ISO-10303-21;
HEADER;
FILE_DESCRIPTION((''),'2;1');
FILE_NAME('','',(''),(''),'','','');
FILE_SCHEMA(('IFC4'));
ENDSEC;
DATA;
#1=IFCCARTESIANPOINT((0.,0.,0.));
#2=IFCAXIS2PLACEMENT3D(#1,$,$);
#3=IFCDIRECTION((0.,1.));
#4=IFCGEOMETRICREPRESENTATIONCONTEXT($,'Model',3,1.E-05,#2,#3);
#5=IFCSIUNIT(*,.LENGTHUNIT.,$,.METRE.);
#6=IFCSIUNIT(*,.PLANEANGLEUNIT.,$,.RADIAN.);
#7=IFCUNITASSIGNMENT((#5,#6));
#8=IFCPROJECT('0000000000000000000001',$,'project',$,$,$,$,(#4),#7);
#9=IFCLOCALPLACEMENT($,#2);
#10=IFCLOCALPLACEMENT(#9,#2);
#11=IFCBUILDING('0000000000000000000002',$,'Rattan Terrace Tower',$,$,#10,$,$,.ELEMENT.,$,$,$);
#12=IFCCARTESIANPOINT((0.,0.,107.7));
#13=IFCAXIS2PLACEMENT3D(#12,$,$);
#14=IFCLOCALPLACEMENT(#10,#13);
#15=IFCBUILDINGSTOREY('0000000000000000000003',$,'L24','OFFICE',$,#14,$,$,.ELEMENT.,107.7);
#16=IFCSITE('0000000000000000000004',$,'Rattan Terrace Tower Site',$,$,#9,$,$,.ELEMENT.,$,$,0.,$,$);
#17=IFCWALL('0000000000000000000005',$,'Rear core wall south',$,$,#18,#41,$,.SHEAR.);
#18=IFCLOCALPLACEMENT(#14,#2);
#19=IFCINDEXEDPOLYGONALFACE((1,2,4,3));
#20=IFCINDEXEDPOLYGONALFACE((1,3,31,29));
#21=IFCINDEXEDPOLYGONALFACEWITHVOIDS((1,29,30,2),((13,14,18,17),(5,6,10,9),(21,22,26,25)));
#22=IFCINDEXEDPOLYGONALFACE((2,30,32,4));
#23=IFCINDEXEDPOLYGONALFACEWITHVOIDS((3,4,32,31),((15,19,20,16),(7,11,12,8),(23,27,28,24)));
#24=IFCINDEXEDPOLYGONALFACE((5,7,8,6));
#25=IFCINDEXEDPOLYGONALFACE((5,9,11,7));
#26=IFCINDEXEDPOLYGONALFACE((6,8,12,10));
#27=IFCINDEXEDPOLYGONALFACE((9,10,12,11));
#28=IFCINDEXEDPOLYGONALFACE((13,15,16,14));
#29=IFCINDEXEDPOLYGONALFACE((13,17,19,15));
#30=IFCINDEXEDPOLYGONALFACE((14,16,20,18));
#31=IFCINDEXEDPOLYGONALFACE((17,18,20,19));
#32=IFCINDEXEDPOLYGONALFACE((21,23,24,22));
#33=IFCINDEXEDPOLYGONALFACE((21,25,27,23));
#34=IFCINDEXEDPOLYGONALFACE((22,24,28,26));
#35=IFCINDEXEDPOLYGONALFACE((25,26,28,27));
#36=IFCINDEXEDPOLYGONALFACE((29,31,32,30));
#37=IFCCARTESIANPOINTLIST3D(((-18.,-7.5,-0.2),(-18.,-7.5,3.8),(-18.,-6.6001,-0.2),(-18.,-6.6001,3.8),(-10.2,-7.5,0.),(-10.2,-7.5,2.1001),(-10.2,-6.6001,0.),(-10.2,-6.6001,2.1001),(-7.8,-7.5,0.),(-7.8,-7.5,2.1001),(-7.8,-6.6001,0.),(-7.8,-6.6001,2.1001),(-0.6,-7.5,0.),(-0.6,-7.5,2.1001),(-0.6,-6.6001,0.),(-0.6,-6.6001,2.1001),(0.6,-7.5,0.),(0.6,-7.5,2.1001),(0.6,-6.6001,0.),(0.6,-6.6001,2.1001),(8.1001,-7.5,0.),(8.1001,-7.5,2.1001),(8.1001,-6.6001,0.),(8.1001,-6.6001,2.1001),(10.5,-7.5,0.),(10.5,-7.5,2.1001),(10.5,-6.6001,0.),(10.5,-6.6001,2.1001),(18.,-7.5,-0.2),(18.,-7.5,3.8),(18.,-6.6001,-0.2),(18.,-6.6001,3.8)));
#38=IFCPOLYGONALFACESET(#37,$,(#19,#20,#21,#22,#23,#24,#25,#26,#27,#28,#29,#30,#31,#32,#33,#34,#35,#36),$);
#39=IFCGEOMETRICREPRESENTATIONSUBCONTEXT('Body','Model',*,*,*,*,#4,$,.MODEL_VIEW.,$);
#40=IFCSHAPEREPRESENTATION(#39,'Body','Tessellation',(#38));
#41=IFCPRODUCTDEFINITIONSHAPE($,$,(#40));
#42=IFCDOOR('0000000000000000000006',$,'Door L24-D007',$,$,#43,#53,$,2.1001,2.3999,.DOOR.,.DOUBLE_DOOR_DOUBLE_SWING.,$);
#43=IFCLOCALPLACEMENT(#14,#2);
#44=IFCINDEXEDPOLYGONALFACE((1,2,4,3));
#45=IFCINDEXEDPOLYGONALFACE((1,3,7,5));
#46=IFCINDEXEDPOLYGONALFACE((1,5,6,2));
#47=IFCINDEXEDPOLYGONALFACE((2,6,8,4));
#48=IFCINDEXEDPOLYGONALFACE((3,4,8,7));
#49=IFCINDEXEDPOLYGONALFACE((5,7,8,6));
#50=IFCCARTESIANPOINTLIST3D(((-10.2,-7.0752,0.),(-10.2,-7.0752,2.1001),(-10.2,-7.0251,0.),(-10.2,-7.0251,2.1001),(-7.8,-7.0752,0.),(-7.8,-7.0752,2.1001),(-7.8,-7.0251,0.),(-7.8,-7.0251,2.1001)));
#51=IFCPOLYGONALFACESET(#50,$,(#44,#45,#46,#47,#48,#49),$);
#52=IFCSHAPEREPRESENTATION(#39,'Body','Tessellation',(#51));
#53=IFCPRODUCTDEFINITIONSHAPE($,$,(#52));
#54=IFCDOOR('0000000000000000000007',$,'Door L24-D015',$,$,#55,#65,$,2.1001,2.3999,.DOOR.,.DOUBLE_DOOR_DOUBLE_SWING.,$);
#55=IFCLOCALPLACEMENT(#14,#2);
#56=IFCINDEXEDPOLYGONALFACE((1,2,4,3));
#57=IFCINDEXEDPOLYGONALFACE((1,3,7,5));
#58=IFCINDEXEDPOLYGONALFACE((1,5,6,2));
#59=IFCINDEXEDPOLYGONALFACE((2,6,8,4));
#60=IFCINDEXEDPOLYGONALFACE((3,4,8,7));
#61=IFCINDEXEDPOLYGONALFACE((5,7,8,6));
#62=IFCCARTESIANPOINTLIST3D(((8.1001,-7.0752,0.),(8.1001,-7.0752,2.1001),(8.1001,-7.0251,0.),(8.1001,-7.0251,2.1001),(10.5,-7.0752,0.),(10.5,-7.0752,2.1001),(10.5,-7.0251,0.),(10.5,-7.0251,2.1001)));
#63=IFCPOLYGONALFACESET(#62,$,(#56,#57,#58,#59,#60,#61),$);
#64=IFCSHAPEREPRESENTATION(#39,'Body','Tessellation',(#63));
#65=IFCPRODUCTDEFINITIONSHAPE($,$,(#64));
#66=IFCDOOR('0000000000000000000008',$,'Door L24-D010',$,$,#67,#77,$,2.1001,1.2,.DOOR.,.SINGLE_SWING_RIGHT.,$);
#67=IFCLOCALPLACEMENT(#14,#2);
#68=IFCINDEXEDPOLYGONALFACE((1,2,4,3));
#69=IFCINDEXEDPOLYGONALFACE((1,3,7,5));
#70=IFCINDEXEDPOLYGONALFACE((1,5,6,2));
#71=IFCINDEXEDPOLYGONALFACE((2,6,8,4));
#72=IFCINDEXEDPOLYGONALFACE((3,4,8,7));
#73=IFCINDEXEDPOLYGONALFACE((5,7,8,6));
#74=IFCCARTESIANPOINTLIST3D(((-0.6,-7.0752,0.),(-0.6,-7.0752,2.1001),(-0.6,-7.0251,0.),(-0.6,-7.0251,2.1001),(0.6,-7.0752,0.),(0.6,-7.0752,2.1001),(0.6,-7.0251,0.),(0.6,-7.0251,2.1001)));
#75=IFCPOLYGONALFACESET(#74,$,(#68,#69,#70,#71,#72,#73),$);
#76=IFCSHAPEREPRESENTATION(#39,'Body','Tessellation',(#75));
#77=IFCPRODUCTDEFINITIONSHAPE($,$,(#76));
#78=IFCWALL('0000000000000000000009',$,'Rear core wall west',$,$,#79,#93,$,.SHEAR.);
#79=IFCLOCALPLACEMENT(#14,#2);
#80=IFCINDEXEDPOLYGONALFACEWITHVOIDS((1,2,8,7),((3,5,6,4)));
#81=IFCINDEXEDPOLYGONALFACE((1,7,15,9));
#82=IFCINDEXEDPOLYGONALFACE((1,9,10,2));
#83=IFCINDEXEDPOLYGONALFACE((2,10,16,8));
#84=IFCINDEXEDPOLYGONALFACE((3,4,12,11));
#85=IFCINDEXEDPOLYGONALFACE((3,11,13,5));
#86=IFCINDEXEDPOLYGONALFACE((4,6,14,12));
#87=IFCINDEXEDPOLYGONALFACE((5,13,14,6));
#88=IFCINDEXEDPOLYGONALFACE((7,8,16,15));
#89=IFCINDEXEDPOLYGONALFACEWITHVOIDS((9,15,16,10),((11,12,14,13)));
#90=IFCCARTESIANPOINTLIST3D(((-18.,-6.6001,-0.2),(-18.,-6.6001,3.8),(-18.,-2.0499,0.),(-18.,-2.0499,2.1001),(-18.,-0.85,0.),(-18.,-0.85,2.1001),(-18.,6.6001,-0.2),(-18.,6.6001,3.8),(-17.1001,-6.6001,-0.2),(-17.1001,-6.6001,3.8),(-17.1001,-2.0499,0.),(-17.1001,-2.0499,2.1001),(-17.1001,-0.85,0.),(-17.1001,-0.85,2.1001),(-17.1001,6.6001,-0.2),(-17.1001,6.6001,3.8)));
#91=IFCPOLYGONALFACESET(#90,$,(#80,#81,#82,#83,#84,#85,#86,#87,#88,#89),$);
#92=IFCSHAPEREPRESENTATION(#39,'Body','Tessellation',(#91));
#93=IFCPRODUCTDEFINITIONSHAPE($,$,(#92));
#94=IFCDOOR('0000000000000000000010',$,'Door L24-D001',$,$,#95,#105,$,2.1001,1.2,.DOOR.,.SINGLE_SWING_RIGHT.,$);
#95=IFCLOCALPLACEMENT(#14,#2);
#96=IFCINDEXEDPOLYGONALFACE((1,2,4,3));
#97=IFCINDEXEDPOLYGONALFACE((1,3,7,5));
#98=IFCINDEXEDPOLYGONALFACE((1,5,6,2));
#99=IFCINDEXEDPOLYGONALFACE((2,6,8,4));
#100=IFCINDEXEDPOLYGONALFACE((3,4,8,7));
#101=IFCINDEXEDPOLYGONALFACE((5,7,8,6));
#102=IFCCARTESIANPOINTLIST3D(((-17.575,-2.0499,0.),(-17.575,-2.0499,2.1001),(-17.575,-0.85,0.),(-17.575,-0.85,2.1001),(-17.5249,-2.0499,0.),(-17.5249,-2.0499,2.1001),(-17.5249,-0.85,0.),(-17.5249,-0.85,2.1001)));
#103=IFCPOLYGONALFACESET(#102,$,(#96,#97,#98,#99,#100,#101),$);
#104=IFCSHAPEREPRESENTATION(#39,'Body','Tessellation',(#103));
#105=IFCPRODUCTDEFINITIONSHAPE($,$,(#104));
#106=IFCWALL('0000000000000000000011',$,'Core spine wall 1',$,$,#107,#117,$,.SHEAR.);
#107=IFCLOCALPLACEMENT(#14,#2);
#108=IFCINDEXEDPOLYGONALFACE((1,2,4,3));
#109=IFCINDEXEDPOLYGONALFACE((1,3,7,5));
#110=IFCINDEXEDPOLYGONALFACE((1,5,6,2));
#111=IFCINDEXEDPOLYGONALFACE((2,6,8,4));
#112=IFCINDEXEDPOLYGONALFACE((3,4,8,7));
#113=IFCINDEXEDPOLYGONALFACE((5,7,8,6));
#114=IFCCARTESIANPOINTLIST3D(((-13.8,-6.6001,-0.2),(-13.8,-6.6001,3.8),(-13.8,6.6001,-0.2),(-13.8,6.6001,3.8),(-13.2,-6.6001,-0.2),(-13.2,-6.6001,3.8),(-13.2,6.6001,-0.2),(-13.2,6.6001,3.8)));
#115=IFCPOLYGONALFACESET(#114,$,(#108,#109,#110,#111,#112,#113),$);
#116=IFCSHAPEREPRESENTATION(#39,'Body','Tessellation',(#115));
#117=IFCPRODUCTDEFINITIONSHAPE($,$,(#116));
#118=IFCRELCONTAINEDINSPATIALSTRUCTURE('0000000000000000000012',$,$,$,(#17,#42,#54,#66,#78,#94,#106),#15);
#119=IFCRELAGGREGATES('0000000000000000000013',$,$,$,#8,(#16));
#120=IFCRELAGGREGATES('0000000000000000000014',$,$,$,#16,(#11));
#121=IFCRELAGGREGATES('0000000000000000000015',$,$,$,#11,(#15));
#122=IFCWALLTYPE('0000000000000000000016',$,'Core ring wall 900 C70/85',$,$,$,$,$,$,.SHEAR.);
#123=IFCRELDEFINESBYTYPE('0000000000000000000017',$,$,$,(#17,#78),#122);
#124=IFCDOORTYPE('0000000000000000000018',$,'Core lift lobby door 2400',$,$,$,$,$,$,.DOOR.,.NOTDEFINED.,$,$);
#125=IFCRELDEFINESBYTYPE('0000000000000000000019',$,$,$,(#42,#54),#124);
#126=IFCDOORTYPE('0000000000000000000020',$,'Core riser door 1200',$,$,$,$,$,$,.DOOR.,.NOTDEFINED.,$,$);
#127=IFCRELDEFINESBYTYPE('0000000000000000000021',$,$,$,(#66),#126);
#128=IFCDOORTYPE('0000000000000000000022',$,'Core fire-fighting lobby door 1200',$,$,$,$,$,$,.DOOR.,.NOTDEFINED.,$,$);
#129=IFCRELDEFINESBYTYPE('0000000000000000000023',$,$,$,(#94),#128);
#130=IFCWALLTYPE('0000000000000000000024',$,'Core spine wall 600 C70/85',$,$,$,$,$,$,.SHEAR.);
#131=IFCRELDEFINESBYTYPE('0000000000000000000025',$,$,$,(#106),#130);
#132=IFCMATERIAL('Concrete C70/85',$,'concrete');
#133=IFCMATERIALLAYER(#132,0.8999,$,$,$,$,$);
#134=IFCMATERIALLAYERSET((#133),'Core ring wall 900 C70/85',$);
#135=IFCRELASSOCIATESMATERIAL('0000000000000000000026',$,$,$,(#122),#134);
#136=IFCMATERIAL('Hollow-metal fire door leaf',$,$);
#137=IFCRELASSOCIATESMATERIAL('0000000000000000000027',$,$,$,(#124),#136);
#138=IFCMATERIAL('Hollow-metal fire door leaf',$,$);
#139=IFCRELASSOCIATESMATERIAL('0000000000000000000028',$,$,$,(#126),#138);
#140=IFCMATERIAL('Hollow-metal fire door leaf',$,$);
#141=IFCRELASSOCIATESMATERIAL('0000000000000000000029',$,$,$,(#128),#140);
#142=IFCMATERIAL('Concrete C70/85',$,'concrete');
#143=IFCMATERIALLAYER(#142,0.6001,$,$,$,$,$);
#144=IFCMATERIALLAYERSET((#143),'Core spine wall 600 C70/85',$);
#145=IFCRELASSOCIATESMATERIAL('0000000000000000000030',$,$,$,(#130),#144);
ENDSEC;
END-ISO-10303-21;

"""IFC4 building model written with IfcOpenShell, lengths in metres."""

from ifc_helpers import new_model, si_unit, direction, frame, frame_2d, origin, place, context, subcontext, project, spatial, rectangle, extrude, material, layer, layer_set, type_object, element, fill, save


model = new_model("IFC4")

# Units and contexts
model_context = context("Model", 3, precision=1e-05, world=origin(), true_north=direction((0.0, 1.0)))
body_context = subcontext(model_context, "Body", "Model", "MODEL_VIEW")
ifc_project = project(units=[si_unit("LENGTHUNIT", "METRE"), si_unit("PLANEANGLEUNIT", "RADIAN")], contexts=[model_context])

# Site, building, storey
site_placement = place(None, origin())
site = spatial("IfcSite", under=ifc_project, at=site_placement, Name="Rattan Terrace Tower Site", CompositionType="ELEMENT", RefElevation=0.0)
building_placement = place(site_placement, origin())
building = spatial("IfcBuilding", under=site, at=building_placement, Name="Rattan Terrace Tower", CompositionType="ELEMENT")
storey_placement = place(building_placement, frame((0.0, 0.0, 107.7)))
storey = spatial("IfcBuildingStorey", under=building, at=storey_placement, Name="L24", Description="OFFICE", CompositionType="ELEMENT", Elevation=107.7)

# Wall, openings, doors
ifc_material_1 = material(Name="Concrete C70/85", Category="concrete")
ifc_layer_1 = layer(ifc_material_1, 0.8999)
ifc_layer_set_1 = layer_set([ifc_layer_1], Name="Core ring wall 900 C70/85")
wall_type_1 = type_object("IfcWallType", Name="Core ring wall 900 C70/85", PredefinedType="SHEAR", material=ifc_layer_set_1)
wall_1_placement = place(storey_placement, frame((-18.0, -7.05, -0.2), z_axis=(0.0, 0.0, 1.0), x_axis=(1.0, 0.0, 0.0)))
wall_1 = element("IfcWall", 1, at=wall_1_placement, inside=storey, type_object=wall_type_1, Name="Rear core wall south", PredefinedType="SHEAR", context=body_context, shape_type="SweptSolid", body=[
    extrude(rectangle(XDim=36.0, YDim=0.8999, at=frame_2d((18.0, 0.0))), origin(), (0.0, 0.0, 1.0), 4.0),
])
opening_1_placement = place(wall_1_placement, frame((7.8, 0.0, 0.2)))
opening_1 = element("IfcOpeningElement", 2, at=opening_1_placement, cuts=wall_1, PredefinedType="OPENING", context=body_context, shape_type="SweptSolid", body=[
    extrude(rectangle(XDim=2.3999, YDim=2.1001, at=frame_2d((1.2, 1.05))), frame((0.0, 0.4604, 0.0), z_axis=(0.0, -1.0, 0.0), x_axis=(1.0, 0.0, 0.0)), (0.0, 0.0, 1.0), 0.9209),
])
opening_2_placement = place(wall_1_placement, frame((17.3999, 0.0, 0.2)))
opening_2 = element("IfcOpeningElement", 3, at=opening_2_placement, cuts=wall_1, PredefinedType="OPENING", context=body_context, shape_type="SweptSolid", body=[
    extrude(rectangle(XDim=1.2, YDim=2.1001, at=frame_2d((0.6001, 1.05))), frame((0.0, 0.4604, 0.0), z_axis=(0.0, -1.0, 0.0), x_axis=(1.0, 0.0, 0.0)), (0.0, 0.0, 1.0), 0.9209),
])
opening_3_placement = place(wall_1_placement, frame((26.1001, 0.0, 0.2)))
opening_3 = element("IfcOpeningElement", 4, at=opening_3_placement, cuts=wall_1, PredefinedType="OPENING", context=body_context, shape_type="SweptSolid", body=[
    extrude(rectangle(XDim=2.3999, YDim=2.1001, at=frame_2d((1.2, 1.05))), frame((0.0, 0.4604, 0.0), z_axis=(0.0, -1.0, 0.0), x_axis=(1.0, 0.0, 0.0)), (0.0, 0.0, 1.0), 0.9209),
])
ifc_material_2 = material(Name="Hollow-metal fire door leaf")
door_type_1 = type_object("IfcDoorType", Name="Core lift lobby door 2400", OperationType="NOTDEFINED", PredefinedType="DOOR", material=ifc_material_2)
door_1_placement = place(opening_1_placement, origin())
door_1 = element("IfcDoor", 5, at=door_1_placement, inside=storey, type_object=door_type_1, Name="Door L24-D007", OperationType="DOUBLE_DOOR_DOUBLE_SWING", OverallHeight=2.1001, OverallWidth=2.3999, PredefinedType="DOOR", context=body_context, shape_type="SweptSolid", body=[
    extrude(rectangle(XDim=2.3999, YDim=2.1001, at=frame_2d((1.2, 1.05))), frame((0.0, 0.0249, 0.0), z_axis=(0.0, -1.0, 0.0), x_axis=(1.0, 0.0, 0.0)), (0.0, 0.0, 1.0), 0.05),
])
fill(opening_1, door_1)
door_2_placement = place(opening_3_placement, origin())
door_2 = element("IfcDoor", 6, at=door_2_placement, inside=storey, type_object=door_type_1, Name="Door L24-D015", OperationType="DOUBLE_DOOR_DOUBLE_SWING", OverallHeight=2.1001, OverallWidth=2.3999, PredefinedType="DOOR", context=body_context, shape_type="SweptSolid", body=[
    extrude(rectangle(XDim=2.3999, YDim=2.1001, at=frame_2d((1.2, 1.05))), frame((0.0, 0.0249, 0.0), z_axis=(0.0, -1.0, 0.0), x_axis=(1.0, 0.0, 0.0)), (0.0, 0.0, 1.0), 0.05),
])
fill(opening_3, door_2)
ifc_material_3 = material(Name="Hollow-metal fire door leaf")
door_type_2 = type_object("IfcDoorType", Name="Core riser door 1200", OperationType="NOTDEFINED", PredefinedType="DOOR", material=ifc_material_3)
door_3_placement = place(opening_2_placement, origin())
door_3 = element("IfcDoor", 7, at=door_3_placement, inside=storey, type_object=door_type_2, Name="Door L24-D010", OperationType="SINGLE_SWING_RIGHT", OverallHeight=2.1001, OverallWidth=1.2, PredefinedType="DOOR", context=body_context, shape_type="SweptSolid", body=[
    extrude(rectangle(XDim=1.2, YDim=2.1001, at=frame_2d((0.6001, 1.05))), frame((0.0, 0.0249, 0.0), z_axis=(0.0, -1.0, 0.0), x_axis=(1.0, 0.0, 0.0)), (0.0, 0.0, 1.0), 0.05),
])
fill(opening_2, door_3)

# Wall, opening, door
wall_2_placement = place(storey_placement, frame((-17.55, -6.6001, -0.2), z_axis=(0.0, 0.0, 1.0), x_axis=(0.0, 1.0, 0.0)))
wall_2 = element("IfcWall", 8, at=wall_2_placement, inside=storey, type_object=wall_type_1, Name="Rear core wall west", PredefinedType="SHEAR", context=body_context, shape_type="SweptSolid", body=[
    extrude(rectangle(XDim=13.2002, YDim=0.8999, at=frame_2d((6.6001, 0.0))), origin(), (0.0, 0.0, 1.0), 4.0),
])
opening_4_placement = place(wall_2_placement, frame((4.55, 0.0, 0.2)))
opening_4 = element("IfcOpeningElement", 9, at=opening_4_placement, cuts=wall_2, PredefinedType="OPENING", context=body_context, shape_type="SweptSolid", body=[
    extrude(rectangle(XDim=1.2, YDim=2.1001, at=frame_2d((0.6001, 1.05))), frame((0.0, 0.4604, 0.0), z_axis=(0.0, -1.0, 0.0), x_axis=(1.0, 0.0, 0.0)), (0.0, 0.0, 1.0), 0.9209),
])
ifc_material_4 = material(Name="Hollow-metal fire door leaf")
door_type_3 = type_object("IfcDoorType", Name="Core fire-fighting lobby door 1200", OperationType="NOTDEFINED", PredefinedType="DOOR", material=ifc_material_4)
door_4_placement = place(opening_4_placement, origin())
door_4 = element("IfcDoor", 10, at=door_4_placement, inside=storey, type_object=door_type_3, Name="Door L24-D001", OperationType="SINGLE_SWING_RIGHT", OverallHeight=2.1001, OverallWidth=1.2, PredefinedType="DOOR", context=body_context, shape_type="SweptSolid", body=[
    extrude(rectangle(XDim=1.2, YDim=2.1001, at=frame_2d((0.6001, 1.05))), frame((0.0, 0.0249, 0.0), z_axis=(0.0, -1.0, 0.0), x_axis=(1.0, 0.0, 0.0)), (0.0, 0.0, 1.0), 0.05),
])
fill(opening_4, door_4)

# Wall
ifc_material_5 = material(Name="Concrete C70/85", Category="concrete")
ifc_layer_2 = layer(ifc_material_5, 0.6001)
ifc_layer_set_2 = layer_set([ifc_layer_2], Name="Core spine wall 600 C70/85")
wall_type_2 = type_object("IfcWallType", Name="Core spine wall 600 C70/85", PredefinedType="SHEAR", material=ifc_layer_set_2)
wall_3_placement = place(storey_placement, frame((-13.5, -6.6001, -0.2), z_axis=(0.0, 0.0, 1.0), x_axis=(0.0, 1.0, 0.0)))
element("IfcWall", 11, at=wall_3_placement, inside=storey, type_object=wall_type_2, Name="Core spine wall 1", PredefinedType="SHEAR", context=body_context, shape_type="SweptSolid", body=[
    extrude(rectangle(XDim=13.2002, YDim=0.6001, at=frame_2d((6.6001, 0.0))), origin(), (0.0, 0.0, 1.0), 4.0),
])

save(model, "model.ifc")
